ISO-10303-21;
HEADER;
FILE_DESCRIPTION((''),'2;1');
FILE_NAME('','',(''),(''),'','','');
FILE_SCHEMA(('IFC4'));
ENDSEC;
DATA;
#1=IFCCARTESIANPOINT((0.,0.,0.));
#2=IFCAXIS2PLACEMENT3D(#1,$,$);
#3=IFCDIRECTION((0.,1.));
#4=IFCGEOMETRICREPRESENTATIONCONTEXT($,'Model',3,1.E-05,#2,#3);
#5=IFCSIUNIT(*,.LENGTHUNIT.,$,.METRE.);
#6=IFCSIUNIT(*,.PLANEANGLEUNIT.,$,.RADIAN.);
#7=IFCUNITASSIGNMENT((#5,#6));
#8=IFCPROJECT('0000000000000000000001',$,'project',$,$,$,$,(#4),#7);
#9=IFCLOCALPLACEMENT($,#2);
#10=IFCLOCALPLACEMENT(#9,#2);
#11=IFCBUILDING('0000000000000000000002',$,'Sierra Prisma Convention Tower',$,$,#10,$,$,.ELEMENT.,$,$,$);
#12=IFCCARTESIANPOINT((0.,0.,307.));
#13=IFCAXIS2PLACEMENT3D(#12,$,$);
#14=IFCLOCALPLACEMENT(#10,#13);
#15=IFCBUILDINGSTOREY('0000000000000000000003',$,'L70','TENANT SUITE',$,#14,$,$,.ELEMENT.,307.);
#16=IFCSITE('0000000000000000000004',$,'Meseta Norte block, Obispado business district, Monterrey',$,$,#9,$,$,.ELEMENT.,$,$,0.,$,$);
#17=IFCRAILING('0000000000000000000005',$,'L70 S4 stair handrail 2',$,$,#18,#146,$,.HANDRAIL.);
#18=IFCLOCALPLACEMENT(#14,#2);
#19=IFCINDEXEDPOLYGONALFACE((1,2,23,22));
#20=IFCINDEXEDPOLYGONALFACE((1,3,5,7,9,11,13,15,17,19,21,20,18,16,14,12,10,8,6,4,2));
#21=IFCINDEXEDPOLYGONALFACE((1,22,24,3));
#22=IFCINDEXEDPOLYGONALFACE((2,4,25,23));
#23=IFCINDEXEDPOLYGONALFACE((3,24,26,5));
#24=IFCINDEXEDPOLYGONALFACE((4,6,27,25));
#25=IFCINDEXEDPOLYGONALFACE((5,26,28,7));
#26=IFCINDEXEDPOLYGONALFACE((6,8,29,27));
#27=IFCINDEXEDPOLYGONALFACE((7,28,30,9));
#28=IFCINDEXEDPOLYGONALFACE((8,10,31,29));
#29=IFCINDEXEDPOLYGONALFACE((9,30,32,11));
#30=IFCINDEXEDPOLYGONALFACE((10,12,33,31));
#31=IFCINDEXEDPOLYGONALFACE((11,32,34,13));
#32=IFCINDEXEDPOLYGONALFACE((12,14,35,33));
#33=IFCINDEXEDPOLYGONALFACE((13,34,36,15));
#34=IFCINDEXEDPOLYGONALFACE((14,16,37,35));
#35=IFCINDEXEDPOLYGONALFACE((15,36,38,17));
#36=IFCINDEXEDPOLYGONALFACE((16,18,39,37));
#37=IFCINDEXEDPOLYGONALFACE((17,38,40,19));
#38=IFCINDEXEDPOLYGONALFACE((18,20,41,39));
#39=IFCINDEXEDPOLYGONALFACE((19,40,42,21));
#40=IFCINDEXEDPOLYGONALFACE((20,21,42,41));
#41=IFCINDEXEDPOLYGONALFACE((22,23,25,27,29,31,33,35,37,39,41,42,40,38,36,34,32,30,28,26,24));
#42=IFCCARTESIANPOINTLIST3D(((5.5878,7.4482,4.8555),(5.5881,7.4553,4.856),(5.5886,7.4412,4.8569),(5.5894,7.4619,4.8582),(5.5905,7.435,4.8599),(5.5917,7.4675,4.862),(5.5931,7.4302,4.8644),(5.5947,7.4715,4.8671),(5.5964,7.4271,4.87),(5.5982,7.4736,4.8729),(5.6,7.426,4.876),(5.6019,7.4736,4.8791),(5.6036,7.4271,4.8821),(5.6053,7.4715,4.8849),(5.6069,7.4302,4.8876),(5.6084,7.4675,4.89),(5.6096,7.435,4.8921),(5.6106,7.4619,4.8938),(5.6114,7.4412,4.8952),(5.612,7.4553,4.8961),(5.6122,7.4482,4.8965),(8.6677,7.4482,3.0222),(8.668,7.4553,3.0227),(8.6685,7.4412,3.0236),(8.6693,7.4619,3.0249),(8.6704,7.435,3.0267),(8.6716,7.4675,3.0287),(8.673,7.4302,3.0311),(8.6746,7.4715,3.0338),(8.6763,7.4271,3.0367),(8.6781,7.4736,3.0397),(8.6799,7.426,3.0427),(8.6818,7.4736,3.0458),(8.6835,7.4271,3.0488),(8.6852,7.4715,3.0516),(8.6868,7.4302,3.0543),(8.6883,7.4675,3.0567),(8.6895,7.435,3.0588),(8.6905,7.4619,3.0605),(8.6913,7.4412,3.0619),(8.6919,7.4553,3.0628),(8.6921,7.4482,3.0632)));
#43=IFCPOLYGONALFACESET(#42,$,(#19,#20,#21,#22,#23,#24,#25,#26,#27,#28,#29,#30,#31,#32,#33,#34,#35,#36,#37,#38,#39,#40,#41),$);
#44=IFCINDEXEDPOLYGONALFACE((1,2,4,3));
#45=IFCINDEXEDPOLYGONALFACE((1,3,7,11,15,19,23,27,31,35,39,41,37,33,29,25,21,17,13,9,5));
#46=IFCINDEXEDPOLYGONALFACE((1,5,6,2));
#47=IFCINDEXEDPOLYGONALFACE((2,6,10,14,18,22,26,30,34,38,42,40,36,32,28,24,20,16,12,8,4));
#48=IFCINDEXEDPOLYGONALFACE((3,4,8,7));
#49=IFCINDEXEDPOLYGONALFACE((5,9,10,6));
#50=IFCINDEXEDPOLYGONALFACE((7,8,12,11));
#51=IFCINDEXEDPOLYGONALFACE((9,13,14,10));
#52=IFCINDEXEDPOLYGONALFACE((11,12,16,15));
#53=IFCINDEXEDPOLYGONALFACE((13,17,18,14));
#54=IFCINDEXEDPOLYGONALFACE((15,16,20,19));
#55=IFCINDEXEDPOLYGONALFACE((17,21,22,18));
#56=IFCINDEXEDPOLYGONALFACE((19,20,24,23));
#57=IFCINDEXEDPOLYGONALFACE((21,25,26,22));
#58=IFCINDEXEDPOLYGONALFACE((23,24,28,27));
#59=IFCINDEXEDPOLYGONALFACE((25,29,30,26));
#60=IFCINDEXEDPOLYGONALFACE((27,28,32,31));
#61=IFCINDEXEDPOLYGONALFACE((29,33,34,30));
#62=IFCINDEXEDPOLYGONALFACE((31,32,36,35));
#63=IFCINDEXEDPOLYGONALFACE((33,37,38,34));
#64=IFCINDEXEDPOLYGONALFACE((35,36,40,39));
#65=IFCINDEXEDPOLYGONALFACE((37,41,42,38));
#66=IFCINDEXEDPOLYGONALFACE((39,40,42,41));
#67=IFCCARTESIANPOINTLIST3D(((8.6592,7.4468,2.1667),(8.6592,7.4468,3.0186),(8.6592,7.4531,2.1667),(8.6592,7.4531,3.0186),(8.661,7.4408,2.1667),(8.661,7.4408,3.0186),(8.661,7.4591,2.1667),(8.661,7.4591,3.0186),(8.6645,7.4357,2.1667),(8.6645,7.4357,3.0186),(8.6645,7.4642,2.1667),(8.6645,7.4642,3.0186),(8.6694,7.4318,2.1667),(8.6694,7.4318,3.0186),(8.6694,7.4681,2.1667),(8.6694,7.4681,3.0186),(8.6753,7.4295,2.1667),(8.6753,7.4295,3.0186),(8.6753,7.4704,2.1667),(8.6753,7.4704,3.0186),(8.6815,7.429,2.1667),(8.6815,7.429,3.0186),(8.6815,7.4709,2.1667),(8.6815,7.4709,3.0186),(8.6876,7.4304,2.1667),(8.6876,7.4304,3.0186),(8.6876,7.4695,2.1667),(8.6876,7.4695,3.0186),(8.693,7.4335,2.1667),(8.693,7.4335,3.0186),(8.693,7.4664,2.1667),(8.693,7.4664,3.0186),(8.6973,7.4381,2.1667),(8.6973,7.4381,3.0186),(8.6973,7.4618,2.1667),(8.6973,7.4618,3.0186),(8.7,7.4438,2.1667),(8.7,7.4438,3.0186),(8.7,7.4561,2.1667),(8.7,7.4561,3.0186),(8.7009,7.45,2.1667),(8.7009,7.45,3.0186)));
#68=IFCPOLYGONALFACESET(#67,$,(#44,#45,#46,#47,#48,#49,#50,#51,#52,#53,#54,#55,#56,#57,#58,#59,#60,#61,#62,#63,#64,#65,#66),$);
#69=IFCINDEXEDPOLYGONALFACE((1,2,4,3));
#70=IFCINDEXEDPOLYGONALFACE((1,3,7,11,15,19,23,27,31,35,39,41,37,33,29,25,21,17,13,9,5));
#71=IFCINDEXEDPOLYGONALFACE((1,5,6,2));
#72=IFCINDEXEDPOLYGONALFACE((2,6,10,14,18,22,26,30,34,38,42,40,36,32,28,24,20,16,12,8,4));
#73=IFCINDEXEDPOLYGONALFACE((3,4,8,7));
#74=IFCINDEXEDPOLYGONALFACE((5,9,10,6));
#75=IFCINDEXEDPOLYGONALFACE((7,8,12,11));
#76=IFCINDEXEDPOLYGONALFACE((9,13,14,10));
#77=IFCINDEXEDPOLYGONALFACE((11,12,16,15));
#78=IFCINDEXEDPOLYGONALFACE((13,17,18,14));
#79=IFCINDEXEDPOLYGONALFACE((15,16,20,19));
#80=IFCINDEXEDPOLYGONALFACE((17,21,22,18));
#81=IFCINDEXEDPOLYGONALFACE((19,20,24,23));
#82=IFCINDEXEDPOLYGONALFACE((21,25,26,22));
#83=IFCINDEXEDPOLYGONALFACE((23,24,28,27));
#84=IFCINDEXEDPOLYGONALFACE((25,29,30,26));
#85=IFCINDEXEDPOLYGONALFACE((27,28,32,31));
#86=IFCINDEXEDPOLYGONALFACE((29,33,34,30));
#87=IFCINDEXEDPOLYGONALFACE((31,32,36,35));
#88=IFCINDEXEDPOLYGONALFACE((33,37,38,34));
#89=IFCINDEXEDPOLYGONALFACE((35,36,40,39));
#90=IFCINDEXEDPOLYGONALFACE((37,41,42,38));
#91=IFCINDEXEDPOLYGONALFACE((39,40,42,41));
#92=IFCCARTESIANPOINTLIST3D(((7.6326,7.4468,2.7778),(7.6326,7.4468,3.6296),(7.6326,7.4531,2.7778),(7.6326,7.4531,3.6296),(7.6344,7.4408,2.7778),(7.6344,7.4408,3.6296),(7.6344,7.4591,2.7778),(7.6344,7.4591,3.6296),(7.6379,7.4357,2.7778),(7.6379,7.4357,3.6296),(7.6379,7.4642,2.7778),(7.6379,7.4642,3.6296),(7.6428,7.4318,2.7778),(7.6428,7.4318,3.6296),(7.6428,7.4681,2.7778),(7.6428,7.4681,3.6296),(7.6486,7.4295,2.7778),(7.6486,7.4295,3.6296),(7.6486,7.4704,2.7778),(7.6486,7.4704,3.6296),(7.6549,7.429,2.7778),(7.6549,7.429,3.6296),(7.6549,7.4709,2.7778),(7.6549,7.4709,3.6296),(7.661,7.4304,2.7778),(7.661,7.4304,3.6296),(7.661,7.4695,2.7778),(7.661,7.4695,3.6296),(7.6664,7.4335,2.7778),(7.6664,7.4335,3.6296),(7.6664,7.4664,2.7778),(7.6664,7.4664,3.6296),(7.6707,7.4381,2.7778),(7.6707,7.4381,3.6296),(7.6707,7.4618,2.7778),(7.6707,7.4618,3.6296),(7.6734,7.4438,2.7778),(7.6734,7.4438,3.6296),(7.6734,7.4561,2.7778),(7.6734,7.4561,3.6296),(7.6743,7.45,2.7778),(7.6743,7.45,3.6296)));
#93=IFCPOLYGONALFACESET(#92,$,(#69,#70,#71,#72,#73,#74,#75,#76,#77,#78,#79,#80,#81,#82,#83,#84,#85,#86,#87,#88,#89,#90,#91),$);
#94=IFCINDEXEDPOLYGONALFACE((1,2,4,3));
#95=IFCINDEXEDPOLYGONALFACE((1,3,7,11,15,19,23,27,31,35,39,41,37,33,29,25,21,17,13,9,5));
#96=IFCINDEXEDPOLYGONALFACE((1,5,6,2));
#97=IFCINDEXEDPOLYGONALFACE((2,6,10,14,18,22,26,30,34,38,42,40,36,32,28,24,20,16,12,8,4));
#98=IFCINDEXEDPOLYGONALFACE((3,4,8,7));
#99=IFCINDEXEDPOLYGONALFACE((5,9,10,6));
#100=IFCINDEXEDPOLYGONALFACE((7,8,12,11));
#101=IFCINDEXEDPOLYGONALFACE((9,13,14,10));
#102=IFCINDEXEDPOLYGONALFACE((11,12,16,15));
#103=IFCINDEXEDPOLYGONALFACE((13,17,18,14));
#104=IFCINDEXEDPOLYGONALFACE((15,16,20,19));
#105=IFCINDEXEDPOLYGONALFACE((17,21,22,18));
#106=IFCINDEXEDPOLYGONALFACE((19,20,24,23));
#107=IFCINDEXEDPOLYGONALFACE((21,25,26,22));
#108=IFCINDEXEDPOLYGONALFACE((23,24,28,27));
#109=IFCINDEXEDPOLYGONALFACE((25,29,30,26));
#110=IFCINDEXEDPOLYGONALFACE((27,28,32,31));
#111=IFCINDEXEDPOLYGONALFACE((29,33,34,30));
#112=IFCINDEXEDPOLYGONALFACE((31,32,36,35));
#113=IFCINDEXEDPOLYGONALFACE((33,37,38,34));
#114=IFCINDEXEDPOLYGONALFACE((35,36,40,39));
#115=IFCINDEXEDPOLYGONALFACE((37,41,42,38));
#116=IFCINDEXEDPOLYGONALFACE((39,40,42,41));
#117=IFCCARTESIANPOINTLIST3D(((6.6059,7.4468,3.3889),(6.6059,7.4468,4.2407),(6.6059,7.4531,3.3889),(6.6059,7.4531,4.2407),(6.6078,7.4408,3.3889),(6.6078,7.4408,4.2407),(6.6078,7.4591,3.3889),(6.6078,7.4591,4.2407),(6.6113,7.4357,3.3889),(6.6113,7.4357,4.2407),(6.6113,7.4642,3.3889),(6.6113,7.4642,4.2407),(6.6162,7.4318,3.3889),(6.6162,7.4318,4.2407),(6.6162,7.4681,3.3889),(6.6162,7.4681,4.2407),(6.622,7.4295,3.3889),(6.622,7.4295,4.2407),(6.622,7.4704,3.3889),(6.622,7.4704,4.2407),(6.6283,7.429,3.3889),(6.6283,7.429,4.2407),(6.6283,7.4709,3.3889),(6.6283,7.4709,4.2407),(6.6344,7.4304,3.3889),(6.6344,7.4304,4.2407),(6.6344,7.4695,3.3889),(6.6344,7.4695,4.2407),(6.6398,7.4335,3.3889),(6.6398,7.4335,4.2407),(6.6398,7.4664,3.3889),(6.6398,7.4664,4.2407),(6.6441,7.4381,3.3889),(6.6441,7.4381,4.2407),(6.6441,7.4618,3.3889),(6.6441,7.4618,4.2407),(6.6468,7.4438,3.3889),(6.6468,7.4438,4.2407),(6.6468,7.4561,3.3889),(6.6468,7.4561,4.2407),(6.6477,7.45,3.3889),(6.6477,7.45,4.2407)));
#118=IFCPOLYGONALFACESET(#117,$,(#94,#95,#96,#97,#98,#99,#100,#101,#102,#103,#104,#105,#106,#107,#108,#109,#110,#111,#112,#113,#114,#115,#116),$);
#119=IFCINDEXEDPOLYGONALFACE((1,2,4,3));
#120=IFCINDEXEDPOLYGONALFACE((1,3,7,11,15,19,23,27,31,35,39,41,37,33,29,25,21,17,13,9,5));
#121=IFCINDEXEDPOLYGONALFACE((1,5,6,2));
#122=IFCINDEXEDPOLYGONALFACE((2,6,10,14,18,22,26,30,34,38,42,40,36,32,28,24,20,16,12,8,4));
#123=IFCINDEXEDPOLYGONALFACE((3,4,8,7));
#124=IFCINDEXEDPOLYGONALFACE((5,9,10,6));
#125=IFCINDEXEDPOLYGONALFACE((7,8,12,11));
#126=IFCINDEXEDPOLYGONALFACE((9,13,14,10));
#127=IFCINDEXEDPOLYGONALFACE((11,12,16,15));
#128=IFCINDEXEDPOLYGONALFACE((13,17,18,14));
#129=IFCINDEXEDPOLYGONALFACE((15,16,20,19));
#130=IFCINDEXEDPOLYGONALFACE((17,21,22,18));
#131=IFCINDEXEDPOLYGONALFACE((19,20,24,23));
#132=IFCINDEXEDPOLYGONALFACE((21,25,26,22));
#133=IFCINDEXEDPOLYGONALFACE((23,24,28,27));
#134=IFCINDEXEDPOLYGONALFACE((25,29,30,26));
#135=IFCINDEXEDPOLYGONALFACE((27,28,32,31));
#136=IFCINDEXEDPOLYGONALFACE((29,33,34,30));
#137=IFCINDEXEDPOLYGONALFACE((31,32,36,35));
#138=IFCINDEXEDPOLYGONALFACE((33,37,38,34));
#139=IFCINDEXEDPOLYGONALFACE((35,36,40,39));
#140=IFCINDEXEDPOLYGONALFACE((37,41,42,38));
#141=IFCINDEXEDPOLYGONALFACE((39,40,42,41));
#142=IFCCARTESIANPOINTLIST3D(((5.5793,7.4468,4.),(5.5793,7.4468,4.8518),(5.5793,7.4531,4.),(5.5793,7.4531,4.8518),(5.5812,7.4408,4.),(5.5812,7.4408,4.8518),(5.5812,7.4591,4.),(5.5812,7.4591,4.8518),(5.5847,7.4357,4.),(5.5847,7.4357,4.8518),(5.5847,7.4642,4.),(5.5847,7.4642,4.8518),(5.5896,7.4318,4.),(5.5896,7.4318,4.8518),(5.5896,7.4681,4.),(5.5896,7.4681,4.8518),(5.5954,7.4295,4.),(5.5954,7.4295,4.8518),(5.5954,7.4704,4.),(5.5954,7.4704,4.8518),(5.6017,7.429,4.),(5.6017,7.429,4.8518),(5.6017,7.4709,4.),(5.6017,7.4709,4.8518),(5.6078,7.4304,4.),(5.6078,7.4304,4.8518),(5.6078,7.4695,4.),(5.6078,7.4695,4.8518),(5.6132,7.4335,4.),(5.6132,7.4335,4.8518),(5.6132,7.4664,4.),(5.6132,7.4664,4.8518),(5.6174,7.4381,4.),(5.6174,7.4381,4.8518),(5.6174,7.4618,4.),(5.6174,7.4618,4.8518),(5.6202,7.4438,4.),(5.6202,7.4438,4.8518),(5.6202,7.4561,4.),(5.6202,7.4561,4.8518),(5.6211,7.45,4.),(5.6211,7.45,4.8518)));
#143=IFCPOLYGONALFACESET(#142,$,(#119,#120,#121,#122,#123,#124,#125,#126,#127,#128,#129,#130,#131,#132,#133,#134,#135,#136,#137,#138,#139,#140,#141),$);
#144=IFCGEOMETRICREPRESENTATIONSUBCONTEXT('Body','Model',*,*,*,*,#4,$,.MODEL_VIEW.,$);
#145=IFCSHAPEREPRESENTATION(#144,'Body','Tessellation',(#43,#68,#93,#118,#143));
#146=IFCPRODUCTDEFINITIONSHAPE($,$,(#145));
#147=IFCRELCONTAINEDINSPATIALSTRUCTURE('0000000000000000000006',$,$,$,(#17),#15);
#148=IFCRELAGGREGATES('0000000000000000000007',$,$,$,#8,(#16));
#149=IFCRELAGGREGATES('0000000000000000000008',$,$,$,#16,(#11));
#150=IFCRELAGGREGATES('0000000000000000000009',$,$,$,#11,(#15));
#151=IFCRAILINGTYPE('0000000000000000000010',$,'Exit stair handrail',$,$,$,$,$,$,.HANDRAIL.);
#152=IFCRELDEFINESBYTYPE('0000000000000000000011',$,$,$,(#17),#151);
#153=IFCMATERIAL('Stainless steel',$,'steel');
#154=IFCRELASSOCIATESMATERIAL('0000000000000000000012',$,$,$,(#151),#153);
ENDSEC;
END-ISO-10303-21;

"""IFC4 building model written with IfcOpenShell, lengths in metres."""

from ifc_helpers import new_model, si_unit, direction, frame, origin, origin_2d, place, context, subcontext, project, spatial, circle, extrude, material, type_object, element, save


model = new_model("IFC4")

# Units and contexts
model_context = context("Model", 3, precision=1e-05, world=origin(), true_north=direction((0.0, 1.0)))
body_context = subcontext(model_context, "Body", "Model", "MODEL_VIEW")
ifc_project = project(units=[si_unit("LENGTHUNIT", "METRE"), si_unit("PLANEANGLEUNIT", "RADIAN")], contexts=[model_context])

# Site, building, storey
site_placement = place(None, origin())
site = spatial("IfcSite", under=ifc_project, at=site_placement, Name="Meseta Norte block, Obispado business district, Monterrey", CompositionType="ELEMENT", RefElevation=0.0)
building_placement = place(site_placement, origin())
building = spatial("IfcBuilding", under=site, at=building_placement, Name="Sierra Prisma Convention Tower", CompositionType="ELEMENT")
storey_placement = place(building_placement, frame((0.0, 0.0, 307.0)))
storey = spatial("IfcBuildingStorey", under=building, at=storey_placement, Name="L70", Description="TENANT SUITE", CompositionType="ELEMENT", Elevation=307.0)

# Railing
ifc_material_1 = material(Name="Stainless steel", Category="steel")
railing_type_1 = type_object("IfcRailingType", Name="Exit stair handrail", PredefinedType="HANDRAIL", material=ifc_material_1)
railing_1_placement = place(storey_placement, frame((8.6799, 7.45, 2.1667)))
element("IfcRailing", 1, at=railing_1_placement, inside=storey, type_object=railing_type_1, Name="L70 S4 stair handrail 2", PredefinedType="HANDRAIL", context=body_context, shape_type="SweptSolid", body=[
    extrude(circle(Radius=0.0239, at=origin_2d()), frame((0.0, 0.0, 0.876), z_axis=(-0.859291, 0.0, 0.511487), x_axis=(0.0, -1.0, 0.0)), (0.0, 0.0, 1.0), 3.5842),
    extrude(circle(Radius=0.021, at=origin_2d()), origin(), (0.0, 0.0, 1.0), 0.8518),
    extrude(circle(Radius=0.021, at=origin_2d()), frame((-1.0266, 0.0, 0.6111)), (0.0, 0.0, 1.0), 0.8518),
    extrude(circle(Radius=0.021, at=origin_2d()), frame((-2.0532, 0.0, 1.2222)), (0.0, 0.0, 1.0), 0.8518),
    extrude(circle(Radius=0.021, at=origin_2d()), frame((-3.0798, 0.0, 1.8333)), (0.0, 0.0, 1.0), 0.8518),
])

save(model, "model.ifc")
